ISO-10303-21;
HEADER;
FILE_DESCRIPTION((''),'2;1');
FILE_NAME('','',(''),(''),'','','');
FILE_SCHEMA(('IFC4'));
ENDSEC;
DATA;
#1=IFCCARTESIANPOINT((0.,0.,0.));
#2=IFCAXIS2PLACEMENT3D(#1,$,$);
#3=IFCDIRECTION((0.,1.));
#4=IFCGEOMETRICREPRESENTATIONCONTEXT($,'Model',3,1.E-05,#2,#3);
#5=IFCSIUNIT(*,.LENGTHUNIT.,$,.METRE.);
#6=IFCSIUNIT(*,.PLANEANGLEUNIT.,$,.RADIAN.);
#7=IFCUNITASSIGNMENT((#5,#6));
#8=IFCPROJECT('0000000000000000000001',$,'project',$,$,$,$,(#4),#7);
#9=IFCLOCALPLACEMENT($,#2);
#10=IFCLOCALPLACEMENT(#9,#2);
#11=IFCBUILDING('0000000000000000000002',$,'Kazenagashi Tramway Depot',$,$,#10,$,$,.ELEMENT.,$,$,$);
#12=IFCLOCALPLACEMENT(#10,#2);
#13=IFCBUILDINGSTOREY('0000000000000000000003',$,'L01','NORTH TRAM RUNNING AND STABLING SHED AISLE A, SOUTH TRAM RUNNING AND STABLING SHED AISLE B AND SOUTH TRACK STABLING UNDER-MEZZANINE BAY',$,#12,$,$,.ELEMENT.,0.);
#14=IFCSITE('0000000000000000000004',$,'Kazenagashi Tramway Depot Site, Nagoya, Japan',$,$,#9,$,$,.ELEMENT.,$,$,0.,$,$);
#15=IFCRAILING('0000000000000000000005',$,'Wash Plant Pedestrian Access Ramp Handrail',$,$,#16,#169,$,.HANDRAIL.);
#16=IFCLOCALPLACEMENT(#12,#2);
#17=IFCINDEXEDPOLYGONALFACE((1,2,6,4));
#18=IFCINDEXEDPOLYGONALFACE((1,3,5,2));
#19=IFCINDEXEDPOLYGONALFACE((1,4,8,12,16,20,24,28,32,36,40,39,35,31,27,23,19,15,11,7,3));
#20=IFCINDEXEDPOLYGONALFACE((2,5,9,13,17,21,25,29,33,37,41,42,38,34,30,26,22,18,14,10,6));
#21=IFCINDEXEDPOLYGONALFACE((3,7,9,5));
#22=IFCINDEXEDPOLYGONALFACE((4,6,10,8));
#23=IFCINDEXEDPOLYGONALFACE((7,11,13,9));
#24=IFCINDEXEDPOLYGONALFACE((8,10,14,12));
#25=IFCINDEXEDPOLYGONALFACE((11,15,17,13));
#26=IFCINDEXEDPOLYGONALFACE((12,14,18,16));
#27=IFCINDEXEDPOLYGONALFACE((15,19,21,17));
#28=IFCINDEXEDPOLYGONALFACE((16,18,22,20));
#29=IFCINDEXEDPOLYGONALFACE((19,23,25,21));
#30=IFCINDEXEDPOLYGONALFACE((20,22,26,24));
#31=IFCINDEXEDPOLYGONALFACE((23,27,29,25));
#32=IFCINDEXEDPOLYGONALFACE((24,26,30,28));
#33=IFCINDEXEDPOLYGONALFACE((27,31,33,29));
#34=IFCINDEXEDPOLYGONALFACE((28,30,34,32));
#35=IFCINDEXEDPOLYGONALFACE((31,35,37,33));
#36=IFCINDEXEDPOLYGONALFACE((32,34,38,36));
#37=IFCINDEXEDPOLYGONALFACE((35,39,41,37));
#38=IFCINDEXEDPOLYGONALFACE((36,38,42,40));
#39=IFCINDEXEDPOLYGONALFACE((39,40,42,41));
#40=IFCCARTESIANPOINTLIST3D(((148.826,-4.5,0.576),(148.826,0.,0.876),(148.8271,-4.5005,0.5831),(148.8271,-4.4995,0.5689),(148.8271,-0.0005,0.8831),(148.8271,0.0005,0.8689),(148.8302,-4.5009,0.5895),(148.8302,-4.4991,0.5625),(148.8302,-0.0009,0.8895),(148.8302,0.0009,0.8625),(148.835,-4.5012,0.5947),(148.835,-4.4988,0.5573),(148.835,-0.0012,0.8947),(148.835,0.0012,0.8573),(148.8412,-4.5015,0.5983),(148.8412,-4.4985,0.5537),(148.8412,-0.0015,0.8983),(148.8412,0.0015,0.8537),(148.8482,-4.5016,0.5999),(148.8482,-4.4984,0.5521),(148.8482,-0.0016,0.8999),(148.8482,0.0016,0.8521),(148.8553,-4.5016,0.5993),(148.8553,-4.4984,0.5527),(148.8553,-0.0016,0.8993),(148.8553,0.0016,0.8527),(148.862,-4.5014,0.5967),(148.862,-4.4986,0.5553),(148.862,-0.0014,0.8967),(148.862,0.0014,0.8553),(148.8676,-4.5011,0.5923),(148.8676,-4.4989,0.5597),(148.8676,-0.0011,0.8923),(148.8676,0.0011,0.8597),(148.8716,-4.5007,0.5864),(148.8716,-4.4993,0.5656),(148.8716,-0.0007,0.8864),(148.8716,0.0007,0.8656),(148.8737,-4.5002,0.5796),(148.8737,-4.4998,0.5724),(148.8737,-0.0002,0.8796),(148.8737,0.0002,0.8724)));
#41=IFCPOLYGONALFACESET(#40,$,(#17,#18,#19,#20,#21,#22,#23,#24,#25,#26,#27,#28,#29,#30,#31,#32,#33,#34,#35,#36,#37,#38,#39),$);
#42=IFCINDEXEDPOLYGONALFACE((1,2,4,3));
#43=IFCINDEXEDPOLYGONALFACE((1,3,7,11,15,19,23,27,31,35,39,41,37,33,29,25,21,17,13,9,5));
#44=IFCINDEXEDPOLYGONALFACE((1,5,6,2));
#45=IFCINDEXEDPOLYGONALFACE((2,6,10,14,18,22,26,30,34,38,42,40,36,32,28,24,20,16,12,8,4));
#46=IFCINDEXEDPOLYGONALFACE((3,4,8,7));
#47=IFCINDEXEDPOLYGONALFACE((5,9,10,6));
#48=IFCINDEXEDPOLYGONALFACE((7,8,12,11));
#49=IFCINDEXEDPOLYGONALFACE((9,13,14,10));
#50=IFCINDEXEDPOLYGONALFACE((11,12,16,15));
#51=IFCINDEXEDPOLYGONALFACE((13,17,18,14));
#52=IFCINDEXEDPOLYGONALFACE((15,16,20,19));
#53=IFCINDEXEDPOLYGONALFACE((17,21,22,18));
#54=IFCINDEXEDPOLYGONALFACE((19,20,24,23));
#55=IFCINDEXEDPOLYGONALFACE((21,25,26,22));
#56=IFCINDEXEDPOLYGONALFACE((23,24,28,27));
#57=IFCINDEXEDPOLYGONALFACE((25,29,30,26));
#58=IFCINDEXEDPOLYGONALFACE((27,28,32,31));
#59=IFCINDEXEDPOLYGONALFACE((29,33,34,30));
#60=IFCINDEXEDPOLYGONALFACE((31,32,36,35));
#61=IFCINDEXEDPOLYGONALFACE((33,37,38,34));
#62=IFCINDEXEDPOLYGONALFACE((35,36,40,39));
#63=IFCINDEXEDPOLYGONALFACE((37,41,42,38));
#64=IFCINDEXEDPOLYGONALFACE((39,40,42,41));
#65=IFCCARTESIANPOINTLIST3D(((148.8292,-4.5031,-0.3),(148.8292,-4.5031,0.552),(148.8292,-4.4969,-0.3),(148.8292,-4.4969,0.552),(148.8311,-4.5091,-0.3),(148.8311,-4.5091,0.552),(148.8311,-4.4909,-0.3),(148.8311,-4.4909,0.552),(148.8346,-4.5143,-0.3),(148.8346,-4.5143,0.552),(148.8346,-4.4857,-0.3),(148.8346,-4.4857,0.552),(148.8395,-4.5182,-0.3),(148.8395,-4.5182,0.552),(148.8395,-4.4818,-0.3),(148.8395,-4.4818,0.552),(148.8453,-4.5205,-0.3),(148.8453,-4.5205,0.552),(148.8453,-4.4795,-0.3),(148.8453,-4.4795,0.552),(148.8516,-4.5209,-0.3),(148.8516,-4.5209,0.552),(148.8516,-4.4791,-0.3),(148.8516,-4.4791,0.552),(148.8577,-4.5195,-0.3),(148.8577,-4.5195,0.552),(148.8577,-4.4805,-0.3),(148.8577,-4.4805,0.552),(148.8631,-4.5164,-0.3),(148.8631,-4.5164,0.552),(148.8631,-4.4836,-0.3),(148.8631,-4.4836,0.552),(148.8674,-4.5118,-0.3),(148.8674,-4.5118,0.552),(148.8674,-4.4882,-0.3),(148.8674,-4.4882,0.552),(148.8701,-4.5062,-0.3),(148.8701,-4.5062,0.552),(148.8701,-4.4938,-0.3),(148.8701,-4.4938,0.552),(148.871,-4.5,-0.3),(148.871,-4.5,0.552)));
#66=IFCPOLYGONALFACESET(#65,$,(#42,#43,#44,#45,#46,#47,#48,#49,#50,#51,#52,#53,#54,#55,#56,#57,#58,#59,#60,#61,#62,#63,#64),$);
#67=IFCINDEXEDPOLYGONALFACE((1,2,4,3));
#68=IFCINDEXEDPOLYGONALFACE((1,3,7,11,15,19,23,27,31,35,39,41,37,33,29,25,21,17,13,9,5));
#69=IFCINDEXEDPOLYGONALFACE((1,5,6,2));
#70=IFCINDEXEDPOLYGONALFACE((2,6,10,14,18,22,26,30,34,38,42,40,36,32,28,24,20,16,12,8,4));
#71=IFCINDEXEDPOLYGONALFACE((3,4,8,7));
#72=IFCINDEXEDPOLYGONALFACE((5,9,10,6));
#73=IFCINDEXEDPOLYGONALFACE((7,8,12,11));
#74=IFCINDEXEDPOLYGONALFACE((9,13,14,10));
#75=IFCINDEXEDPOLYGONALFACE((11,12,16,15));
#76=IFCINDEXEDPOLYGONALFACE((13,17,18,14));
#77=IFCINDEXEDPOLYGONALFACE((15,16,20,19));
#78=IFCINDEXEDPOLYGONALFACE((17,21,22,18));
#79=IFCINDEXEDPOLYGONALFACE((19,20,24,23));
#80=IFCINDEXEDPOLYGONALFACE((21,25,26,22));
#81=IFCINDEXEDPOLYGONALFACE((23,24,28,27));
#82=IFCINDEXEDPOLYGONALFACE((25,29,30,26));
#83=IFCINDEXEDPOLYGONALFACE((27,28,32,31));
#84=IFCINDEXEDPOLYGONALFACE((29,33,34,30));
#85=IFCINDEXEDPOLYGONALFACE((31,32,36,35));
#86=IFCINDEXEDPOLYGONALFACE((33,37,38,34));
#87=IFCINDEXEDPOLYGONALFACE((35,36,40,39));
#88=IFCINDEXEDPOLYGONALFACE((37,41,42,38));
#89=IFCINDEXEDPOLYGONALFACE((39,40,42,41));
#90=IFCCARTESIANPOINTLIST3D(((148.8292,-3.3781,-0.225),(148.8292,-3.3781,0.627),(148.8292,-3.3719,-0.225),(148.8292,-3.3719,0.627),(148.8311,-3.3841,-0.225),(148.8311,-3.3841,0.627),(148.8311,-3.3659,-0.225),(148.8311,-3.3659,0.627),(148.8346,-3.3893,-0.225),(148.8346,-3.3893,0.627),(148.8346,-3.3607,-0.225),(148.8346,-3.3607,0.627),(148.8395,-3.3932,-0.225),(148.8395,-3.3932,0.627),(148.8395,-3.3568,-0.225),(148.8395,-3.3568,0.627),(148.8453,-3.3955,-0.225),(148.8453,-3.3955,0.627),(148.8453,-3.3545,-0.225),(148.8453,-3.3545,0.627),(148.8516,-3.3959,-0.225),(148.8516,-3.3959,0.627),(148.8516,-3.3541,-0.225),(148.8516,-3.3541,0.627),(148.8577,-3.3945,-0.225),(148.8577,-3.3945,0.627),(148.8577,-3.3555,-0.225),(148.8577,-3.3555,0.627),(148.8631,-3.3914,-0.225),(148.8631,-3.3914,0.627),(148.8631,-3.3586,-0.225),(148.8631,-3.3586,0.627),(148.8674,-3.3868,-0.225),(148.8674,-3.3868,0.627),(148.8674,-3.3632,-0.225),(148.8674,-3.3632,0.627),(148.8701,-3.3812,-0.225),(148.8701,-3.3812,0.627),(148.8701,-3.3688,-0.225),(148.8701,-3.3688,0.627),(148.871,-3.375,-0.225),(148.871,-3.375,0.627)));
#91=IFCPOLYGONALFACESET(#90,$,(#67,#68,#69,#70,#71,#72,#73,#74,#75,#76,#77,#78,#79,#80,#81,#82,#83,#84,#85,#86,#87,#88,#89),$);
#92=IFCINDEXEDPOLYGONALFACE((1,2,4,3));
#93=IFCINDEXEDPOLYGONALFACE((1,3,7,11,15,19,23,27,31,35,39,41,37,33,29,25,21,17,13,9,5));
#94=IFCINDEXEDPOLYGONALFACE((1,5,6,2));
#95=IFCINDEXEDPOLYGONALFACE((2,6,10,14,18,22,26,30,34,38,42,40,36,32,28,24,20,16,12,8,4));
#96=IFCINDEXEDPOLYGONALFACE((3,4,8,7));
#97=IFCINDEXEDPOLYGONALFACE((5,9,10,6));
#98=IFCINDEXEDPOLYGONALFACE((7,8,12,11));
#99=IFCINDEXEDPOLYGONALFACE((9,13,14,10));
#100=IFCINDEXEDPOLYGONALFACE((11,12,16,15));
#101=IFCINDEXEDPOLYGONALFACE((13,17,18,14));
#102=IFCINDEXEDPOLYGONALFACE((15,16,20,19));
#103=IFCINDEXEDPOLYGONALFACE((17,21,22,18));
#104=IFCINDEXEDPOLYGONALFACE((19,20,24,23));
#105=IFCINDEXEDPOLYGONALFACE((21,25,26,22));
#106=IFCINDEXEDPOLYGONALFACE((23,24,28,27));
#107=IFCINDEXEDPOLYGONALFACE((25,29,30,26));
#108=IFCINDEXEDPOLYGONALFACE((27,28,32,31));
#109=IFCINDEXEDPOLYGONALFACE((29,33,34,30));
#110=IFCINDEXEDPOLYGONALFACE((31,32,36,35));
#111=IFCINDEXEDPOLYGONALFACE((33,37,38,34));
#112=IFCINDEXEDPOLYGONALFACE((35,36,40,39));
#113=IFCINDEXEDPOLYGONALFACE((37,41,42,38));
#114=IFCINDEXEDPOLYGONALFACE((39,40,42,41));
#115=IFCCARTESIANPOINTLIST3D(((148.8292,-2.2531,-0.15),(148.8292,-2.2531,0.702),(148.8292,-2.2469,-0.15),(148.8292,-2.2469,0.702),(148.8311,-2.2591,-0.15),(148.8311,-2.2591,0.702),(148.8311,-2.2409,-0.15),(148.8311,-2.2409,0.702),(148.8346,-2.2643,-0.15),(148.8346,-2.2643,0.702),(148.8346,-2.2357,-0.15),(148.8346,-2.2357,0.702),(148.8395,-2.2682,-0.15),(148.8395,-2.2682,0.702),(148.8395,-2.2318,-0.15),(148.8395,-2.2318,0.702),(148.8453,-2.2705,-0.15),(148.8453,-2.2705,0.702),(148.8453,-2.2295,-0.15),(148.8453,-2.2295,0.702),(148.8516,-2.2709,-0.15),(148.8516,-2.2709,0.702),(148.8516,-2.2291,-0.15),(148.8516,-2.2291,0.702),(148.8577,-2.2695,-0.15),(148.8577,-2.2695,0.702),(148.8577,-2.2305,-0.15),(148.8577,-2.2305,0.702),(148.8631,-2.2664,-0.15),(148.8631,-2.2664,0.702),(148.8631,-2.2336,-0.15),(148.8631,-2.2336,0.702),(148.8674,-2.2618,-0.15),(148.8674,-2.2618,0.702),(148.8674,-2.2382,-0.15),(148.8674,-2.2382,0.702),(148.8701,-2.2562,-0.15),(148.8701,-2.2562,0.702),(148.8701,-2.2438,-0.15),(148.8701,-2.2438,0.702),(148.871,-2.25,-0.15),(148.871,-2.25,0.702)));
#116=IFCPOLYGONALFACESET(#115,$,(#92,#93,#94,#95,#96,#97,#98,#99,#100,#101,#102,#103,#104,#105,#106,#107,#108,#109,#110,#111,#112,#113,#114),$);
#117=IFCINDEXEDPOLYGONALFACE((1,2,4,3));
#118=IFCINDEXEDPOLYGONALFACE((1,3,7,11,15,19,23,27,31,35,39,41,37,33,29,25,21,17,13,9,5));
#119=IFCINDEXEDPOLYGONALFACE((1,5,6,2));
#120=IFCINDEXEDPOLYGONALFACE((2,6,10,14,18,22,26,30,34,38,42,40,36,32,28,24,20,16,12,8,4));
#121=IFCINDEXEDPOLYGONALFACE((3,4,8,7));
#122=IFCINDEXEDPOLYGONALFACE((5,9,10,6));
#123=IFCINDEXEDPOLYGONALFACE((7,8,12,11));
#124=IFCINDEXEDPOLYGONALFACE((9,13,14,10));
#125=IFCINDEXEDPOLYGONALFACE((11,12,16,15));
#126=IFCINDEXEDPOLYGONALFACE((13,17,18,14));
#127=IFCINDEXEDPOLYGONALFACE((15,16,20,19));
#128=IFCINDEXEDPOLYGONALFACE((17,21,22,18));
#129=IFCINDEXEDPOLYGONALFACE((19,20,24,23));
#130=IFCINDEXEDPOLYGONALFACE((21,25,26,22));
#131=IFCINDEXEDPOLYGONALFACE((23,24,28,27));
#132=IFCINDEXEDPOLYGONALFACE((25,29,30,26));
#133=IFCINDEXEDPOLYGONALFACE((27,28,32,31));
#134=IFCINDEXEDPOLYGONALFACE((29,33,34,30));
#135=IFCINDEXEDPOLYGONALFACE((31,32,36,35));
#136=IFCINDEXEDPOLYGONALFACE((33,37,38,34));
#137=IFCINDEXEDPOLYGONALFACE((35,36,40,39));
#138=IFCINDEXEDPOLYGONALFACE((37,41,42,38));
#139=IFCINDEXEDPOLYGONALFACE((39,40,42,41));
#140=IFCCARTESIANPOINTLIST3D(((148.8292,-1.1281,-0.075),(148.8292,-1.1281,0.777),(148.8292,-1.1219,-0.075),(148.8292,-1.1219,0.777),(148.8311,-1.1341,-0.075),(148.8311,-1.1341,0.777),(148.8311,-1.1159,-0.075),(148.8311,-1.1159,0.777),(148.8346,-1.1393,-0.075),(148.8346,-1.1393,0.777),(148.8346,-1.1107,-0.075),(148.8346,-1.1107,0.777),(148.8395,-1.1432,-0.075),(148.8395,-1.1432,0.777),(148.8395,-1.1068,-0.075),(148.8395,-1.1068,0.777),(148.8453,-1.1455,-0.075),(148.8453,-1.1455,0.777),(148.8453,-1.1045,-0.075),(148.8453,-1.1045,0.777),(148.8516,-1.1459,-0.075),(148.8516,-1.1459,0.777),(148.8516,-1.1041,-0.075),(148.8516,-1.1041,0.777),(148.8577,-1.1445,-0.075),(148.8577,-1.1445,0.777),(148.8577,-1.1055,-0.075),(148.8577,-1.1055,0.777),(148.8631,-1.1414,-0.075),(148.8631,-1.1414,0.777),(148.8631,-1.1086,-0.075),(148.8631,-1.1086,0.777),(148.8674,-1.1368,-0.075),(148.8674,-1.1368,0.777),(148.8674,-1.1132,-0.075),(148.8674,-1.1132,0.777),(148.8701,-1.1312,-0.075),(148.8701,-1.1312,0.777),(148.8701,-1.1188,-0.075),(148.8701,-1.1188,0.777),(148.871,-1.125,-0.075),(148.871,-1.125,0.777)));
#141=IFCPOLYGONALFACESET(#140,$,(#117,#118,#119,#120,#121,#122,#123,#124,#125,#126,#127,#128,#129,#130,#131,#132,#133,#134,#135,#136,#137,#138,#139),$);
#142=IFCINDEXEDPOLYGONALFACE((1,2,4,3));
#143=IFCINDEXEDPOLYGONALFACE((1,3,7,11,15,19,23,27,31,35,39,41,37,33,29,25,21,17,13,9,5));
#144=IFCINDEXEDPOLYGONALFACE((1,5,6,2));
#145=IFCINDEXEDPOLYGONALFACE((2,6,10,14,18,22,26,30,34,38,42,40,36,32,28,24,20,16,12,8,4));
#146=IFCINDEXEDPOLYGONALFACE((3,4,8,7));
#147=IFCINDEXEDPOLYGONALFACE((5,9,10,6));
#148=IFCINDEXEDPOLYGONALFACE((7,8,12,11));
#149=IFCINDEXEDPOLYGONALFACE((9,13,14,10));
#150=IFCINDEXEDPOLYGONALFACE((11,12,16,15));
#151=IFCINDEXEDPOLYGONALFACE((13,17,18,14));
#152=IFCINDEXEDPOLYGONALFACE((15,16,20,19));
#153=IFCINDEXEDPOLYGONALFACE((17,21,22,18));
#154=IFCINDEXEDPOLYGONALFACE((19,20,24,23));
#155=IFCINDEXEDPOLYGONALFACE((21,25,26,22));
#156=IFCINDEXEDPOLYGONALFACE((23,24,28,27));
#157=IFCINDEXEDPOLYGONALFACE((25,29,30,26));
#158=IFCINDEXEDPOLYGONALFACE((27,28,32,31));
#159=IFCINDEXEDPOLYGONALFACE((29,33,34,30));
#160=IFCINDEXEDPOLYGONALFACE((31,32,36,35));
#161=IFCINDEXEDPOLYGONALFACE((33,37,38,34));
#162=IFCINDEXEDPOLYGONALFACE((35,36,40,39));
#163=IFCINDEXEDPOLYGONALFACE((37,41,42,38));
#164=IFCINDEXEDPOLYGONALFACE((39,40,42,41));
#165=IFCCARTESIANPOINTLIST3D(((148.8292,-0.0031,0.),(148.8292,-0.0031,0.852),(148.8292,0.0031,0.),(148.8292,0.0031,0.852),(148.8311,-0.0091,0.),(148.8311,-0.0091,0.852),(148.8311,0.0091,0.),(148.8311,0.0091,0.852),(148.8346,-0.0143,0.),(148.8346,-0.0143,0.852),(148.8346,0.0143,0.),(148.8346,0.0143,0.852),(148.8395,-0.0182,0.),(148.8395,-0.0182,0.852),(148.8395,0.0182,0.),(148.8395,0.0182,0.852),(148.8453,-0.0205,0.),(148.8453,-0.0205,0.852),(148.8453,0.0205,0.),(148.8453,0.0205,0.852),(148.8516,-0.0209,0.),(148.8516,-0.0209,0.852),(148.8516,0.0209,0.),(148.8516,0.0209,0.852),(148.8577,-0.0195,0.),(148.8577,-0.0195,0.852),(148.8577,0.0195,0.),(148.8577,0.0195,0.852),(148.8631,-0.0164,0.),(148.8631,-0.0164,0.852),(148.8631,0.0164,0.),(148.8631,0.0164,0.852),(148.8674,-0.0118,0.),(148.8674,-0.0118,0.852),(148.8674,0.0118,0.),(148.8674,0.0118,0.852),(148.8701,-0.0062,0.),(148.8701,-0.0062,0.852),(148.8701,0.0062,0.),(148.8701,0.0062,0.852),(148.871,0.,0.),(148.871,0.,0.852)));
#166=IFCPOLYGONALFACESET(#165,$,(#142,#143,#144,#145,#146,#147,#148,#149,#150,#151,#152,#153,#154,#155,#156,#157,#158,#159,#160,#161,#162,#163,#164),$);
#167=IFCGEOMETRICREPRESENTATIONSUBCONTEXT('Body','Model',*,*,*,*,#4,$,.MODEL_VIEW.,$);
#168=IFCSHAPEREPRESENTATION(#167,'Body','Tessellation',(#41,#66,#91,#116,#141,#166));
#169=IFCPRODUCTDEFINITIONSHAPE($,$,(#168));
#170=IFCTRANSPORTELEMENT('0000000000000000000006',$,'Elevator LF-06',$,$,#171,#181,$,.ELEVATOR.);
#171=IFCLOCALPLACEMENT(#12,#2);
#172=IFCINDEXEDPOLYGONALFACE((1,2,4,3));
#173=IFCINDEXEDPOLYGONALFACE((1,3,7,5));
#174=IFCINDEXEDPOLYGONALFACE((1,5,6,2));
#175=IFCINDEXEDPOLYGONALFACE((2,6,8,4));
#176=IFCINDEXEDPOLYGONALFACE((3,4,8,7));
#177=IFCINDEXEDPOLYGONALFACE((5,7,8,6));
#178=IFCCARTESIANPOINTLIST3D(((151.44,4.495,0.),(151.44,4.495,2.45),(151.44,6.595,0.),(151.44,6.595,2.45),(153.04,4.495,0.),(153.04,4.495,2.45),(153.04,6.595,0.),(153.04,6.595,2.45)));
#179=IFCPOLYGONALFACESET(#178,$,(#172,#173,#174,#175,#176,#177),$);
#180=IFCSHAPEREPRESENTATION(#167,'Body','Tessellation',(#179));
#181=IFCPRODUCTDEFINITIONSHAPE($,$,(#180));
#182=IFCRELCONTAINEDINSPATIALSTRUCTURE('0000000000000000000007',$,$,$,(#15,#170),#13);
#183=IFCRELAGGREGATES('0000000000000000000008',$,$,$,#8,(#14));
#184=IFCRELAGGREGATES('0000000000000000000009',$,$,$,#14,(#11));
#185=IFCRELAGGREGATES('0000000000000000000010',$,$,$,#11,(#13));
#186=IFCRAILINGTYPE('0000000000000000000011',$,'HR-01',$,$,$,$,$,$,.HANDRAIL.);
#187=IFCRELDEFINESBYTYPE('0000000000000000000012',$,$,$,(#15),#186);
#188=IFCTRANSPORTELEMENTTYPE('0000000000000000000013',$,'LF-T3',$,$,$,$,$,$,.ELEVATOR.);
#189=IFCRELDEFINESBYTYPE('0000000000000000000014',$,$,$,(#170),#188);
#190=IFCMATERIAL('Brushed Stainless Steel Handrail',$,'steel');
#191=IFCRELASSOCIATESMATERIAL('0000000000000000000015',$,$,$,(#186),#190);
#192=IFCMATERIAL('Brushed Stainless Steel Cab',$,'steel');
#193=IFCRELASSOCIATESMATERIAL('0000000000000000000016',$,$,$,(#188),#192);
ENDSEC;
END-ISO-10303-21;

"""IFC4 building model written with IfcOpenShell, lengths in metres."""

from ifc_helpers import new_model, si_unit, direction, frame, origin, origin_2d, place, context, subcontext, project, spatial, rectangle, circle, extrude, material, type_object, element, save


model = new_model("IFC4")

# Units and contexts
model_context = context("Model", 3, precision=1e-05, world=origin(), true_north=direction((0.0, 1.0)))
body_context = subcontext(model_context, "Body", "Model", "MODEL_VIEW")
ifc_project = project(units=[si_unit("LENGTHUNIT", "METRE"), si_unit("PLANEANGLEUNIT", "RADIAN")], contexts=[model_context])

# Site, building, storey
site_placement = place(None, origin())
site = spatial("IfcSite", under=ifc_project, at=site_placement, Name="Kazenagashi Tramway Depot Site, Nagoya, Japan", CompositionType="ELEMENT", RefElevation=0.0)
building_placement = place(site_placement, origin())
building = spatial("IfcBuilding", under=site, at=building_placement, Name="Kazenagashi Tramway Depot", CompositionType="ELEMENT")
storey_placement = place(building_placement, origin())
storey = spatial("IfcBuildingStorey", under=building, at=storey_placement, Name="L01", Description="NORTH TRAM RUNNING AND STABLING SHED AISLE A, SOUTH TRAM RUNNING AND STABLING SHED AISLE B AND SOUTH TRACK STABLING UNDER-MEZZANINE BAY", CompositionType="ELEMENT", Elevation=0.0)

# Railing
ifc_material_1 = material(Name="Brushed Stainless Steel Handrail", Category="steel")
railing_type = type_object("IfcRailingType", Name="HR-01", PredefinedType="HANDRAIL", material=ifc_material_1)
railing_1_placement = place(storey_placement, frame((148.85, -4.5, -0.3)))
element("IfcRailing", 1, at=railing_1_placement, inside=storey, type_object=railing_type, Name="Wash Plant Pedestrian Access Ramp Handrail", PredefinedType="HANDRAIL", context=body_context, shape_type="SweptSolid", body=[
    extrude(circle(Radius=0.024, at=origin_2d()), frame((0.0, 0.0, 0.876), z_axis=(0.0, 0.997785, 0.066519), x_axis=(-1.0, 0.0, 0.0)), (0.0, 0.0, 1.0), 4.51),
    extrude(circle(Radius=0.021, at=origin_2d()), origin(), (0.0, 0.0, 1.0), 0.852),
    extrude(circle(Radius=0.021, at=origin_2d()), frame((0.0, 1.125, 0.075)), (0.0, 0.0, 1.0), 0.852),
    extrude(circle(Radius=0.021, at=origin_2d()), frame((0.0, 2.25, 0.15)), (0.0, 0.0, 1.0), 0.852),
    extrude(circle(Radius=0.021, at=origin_2d()), frame((0.0, 3.375, 0.225)), (0.0, 0.0, 1.0), 0.852),
    extrude(circle(Radius=0.021, at=origin_2d()), frame((0.0, 4.5, 0.3)), (0.0, 0.0, 1.0), 0.852),
])

# Transport element
ifc_material_2 = material(Name="Brushed Stainless Steel Cab", Category="steel")
transport_element_type = type_object("IfcTransportElementType", Name="LF-T3", PredefinedType="ELEVATOR", material=ifc_material_2)
transport_element_placement = place(storey_placement, frame((152.24, 5.545, 0.0), z_axis=(0.0, 0.0, 1.0), x_axis=(1.0, 0.0, 0.0)))
element("IfcTransportElement", 2, at=transport_element_placement, inside=storey, type_object=transport_element_type, Name="Elevator LF-06", PredefinedType="ELEVATOR", context=body_context, shape_type="SweptSolid", body=[
    extrude(rectangle(XDim=1.6, YDim=2.1, at=origin_2d()), origin(), (0.0, 0.0, 1.0), 2.45),
])

save(model, "model.ifc")
